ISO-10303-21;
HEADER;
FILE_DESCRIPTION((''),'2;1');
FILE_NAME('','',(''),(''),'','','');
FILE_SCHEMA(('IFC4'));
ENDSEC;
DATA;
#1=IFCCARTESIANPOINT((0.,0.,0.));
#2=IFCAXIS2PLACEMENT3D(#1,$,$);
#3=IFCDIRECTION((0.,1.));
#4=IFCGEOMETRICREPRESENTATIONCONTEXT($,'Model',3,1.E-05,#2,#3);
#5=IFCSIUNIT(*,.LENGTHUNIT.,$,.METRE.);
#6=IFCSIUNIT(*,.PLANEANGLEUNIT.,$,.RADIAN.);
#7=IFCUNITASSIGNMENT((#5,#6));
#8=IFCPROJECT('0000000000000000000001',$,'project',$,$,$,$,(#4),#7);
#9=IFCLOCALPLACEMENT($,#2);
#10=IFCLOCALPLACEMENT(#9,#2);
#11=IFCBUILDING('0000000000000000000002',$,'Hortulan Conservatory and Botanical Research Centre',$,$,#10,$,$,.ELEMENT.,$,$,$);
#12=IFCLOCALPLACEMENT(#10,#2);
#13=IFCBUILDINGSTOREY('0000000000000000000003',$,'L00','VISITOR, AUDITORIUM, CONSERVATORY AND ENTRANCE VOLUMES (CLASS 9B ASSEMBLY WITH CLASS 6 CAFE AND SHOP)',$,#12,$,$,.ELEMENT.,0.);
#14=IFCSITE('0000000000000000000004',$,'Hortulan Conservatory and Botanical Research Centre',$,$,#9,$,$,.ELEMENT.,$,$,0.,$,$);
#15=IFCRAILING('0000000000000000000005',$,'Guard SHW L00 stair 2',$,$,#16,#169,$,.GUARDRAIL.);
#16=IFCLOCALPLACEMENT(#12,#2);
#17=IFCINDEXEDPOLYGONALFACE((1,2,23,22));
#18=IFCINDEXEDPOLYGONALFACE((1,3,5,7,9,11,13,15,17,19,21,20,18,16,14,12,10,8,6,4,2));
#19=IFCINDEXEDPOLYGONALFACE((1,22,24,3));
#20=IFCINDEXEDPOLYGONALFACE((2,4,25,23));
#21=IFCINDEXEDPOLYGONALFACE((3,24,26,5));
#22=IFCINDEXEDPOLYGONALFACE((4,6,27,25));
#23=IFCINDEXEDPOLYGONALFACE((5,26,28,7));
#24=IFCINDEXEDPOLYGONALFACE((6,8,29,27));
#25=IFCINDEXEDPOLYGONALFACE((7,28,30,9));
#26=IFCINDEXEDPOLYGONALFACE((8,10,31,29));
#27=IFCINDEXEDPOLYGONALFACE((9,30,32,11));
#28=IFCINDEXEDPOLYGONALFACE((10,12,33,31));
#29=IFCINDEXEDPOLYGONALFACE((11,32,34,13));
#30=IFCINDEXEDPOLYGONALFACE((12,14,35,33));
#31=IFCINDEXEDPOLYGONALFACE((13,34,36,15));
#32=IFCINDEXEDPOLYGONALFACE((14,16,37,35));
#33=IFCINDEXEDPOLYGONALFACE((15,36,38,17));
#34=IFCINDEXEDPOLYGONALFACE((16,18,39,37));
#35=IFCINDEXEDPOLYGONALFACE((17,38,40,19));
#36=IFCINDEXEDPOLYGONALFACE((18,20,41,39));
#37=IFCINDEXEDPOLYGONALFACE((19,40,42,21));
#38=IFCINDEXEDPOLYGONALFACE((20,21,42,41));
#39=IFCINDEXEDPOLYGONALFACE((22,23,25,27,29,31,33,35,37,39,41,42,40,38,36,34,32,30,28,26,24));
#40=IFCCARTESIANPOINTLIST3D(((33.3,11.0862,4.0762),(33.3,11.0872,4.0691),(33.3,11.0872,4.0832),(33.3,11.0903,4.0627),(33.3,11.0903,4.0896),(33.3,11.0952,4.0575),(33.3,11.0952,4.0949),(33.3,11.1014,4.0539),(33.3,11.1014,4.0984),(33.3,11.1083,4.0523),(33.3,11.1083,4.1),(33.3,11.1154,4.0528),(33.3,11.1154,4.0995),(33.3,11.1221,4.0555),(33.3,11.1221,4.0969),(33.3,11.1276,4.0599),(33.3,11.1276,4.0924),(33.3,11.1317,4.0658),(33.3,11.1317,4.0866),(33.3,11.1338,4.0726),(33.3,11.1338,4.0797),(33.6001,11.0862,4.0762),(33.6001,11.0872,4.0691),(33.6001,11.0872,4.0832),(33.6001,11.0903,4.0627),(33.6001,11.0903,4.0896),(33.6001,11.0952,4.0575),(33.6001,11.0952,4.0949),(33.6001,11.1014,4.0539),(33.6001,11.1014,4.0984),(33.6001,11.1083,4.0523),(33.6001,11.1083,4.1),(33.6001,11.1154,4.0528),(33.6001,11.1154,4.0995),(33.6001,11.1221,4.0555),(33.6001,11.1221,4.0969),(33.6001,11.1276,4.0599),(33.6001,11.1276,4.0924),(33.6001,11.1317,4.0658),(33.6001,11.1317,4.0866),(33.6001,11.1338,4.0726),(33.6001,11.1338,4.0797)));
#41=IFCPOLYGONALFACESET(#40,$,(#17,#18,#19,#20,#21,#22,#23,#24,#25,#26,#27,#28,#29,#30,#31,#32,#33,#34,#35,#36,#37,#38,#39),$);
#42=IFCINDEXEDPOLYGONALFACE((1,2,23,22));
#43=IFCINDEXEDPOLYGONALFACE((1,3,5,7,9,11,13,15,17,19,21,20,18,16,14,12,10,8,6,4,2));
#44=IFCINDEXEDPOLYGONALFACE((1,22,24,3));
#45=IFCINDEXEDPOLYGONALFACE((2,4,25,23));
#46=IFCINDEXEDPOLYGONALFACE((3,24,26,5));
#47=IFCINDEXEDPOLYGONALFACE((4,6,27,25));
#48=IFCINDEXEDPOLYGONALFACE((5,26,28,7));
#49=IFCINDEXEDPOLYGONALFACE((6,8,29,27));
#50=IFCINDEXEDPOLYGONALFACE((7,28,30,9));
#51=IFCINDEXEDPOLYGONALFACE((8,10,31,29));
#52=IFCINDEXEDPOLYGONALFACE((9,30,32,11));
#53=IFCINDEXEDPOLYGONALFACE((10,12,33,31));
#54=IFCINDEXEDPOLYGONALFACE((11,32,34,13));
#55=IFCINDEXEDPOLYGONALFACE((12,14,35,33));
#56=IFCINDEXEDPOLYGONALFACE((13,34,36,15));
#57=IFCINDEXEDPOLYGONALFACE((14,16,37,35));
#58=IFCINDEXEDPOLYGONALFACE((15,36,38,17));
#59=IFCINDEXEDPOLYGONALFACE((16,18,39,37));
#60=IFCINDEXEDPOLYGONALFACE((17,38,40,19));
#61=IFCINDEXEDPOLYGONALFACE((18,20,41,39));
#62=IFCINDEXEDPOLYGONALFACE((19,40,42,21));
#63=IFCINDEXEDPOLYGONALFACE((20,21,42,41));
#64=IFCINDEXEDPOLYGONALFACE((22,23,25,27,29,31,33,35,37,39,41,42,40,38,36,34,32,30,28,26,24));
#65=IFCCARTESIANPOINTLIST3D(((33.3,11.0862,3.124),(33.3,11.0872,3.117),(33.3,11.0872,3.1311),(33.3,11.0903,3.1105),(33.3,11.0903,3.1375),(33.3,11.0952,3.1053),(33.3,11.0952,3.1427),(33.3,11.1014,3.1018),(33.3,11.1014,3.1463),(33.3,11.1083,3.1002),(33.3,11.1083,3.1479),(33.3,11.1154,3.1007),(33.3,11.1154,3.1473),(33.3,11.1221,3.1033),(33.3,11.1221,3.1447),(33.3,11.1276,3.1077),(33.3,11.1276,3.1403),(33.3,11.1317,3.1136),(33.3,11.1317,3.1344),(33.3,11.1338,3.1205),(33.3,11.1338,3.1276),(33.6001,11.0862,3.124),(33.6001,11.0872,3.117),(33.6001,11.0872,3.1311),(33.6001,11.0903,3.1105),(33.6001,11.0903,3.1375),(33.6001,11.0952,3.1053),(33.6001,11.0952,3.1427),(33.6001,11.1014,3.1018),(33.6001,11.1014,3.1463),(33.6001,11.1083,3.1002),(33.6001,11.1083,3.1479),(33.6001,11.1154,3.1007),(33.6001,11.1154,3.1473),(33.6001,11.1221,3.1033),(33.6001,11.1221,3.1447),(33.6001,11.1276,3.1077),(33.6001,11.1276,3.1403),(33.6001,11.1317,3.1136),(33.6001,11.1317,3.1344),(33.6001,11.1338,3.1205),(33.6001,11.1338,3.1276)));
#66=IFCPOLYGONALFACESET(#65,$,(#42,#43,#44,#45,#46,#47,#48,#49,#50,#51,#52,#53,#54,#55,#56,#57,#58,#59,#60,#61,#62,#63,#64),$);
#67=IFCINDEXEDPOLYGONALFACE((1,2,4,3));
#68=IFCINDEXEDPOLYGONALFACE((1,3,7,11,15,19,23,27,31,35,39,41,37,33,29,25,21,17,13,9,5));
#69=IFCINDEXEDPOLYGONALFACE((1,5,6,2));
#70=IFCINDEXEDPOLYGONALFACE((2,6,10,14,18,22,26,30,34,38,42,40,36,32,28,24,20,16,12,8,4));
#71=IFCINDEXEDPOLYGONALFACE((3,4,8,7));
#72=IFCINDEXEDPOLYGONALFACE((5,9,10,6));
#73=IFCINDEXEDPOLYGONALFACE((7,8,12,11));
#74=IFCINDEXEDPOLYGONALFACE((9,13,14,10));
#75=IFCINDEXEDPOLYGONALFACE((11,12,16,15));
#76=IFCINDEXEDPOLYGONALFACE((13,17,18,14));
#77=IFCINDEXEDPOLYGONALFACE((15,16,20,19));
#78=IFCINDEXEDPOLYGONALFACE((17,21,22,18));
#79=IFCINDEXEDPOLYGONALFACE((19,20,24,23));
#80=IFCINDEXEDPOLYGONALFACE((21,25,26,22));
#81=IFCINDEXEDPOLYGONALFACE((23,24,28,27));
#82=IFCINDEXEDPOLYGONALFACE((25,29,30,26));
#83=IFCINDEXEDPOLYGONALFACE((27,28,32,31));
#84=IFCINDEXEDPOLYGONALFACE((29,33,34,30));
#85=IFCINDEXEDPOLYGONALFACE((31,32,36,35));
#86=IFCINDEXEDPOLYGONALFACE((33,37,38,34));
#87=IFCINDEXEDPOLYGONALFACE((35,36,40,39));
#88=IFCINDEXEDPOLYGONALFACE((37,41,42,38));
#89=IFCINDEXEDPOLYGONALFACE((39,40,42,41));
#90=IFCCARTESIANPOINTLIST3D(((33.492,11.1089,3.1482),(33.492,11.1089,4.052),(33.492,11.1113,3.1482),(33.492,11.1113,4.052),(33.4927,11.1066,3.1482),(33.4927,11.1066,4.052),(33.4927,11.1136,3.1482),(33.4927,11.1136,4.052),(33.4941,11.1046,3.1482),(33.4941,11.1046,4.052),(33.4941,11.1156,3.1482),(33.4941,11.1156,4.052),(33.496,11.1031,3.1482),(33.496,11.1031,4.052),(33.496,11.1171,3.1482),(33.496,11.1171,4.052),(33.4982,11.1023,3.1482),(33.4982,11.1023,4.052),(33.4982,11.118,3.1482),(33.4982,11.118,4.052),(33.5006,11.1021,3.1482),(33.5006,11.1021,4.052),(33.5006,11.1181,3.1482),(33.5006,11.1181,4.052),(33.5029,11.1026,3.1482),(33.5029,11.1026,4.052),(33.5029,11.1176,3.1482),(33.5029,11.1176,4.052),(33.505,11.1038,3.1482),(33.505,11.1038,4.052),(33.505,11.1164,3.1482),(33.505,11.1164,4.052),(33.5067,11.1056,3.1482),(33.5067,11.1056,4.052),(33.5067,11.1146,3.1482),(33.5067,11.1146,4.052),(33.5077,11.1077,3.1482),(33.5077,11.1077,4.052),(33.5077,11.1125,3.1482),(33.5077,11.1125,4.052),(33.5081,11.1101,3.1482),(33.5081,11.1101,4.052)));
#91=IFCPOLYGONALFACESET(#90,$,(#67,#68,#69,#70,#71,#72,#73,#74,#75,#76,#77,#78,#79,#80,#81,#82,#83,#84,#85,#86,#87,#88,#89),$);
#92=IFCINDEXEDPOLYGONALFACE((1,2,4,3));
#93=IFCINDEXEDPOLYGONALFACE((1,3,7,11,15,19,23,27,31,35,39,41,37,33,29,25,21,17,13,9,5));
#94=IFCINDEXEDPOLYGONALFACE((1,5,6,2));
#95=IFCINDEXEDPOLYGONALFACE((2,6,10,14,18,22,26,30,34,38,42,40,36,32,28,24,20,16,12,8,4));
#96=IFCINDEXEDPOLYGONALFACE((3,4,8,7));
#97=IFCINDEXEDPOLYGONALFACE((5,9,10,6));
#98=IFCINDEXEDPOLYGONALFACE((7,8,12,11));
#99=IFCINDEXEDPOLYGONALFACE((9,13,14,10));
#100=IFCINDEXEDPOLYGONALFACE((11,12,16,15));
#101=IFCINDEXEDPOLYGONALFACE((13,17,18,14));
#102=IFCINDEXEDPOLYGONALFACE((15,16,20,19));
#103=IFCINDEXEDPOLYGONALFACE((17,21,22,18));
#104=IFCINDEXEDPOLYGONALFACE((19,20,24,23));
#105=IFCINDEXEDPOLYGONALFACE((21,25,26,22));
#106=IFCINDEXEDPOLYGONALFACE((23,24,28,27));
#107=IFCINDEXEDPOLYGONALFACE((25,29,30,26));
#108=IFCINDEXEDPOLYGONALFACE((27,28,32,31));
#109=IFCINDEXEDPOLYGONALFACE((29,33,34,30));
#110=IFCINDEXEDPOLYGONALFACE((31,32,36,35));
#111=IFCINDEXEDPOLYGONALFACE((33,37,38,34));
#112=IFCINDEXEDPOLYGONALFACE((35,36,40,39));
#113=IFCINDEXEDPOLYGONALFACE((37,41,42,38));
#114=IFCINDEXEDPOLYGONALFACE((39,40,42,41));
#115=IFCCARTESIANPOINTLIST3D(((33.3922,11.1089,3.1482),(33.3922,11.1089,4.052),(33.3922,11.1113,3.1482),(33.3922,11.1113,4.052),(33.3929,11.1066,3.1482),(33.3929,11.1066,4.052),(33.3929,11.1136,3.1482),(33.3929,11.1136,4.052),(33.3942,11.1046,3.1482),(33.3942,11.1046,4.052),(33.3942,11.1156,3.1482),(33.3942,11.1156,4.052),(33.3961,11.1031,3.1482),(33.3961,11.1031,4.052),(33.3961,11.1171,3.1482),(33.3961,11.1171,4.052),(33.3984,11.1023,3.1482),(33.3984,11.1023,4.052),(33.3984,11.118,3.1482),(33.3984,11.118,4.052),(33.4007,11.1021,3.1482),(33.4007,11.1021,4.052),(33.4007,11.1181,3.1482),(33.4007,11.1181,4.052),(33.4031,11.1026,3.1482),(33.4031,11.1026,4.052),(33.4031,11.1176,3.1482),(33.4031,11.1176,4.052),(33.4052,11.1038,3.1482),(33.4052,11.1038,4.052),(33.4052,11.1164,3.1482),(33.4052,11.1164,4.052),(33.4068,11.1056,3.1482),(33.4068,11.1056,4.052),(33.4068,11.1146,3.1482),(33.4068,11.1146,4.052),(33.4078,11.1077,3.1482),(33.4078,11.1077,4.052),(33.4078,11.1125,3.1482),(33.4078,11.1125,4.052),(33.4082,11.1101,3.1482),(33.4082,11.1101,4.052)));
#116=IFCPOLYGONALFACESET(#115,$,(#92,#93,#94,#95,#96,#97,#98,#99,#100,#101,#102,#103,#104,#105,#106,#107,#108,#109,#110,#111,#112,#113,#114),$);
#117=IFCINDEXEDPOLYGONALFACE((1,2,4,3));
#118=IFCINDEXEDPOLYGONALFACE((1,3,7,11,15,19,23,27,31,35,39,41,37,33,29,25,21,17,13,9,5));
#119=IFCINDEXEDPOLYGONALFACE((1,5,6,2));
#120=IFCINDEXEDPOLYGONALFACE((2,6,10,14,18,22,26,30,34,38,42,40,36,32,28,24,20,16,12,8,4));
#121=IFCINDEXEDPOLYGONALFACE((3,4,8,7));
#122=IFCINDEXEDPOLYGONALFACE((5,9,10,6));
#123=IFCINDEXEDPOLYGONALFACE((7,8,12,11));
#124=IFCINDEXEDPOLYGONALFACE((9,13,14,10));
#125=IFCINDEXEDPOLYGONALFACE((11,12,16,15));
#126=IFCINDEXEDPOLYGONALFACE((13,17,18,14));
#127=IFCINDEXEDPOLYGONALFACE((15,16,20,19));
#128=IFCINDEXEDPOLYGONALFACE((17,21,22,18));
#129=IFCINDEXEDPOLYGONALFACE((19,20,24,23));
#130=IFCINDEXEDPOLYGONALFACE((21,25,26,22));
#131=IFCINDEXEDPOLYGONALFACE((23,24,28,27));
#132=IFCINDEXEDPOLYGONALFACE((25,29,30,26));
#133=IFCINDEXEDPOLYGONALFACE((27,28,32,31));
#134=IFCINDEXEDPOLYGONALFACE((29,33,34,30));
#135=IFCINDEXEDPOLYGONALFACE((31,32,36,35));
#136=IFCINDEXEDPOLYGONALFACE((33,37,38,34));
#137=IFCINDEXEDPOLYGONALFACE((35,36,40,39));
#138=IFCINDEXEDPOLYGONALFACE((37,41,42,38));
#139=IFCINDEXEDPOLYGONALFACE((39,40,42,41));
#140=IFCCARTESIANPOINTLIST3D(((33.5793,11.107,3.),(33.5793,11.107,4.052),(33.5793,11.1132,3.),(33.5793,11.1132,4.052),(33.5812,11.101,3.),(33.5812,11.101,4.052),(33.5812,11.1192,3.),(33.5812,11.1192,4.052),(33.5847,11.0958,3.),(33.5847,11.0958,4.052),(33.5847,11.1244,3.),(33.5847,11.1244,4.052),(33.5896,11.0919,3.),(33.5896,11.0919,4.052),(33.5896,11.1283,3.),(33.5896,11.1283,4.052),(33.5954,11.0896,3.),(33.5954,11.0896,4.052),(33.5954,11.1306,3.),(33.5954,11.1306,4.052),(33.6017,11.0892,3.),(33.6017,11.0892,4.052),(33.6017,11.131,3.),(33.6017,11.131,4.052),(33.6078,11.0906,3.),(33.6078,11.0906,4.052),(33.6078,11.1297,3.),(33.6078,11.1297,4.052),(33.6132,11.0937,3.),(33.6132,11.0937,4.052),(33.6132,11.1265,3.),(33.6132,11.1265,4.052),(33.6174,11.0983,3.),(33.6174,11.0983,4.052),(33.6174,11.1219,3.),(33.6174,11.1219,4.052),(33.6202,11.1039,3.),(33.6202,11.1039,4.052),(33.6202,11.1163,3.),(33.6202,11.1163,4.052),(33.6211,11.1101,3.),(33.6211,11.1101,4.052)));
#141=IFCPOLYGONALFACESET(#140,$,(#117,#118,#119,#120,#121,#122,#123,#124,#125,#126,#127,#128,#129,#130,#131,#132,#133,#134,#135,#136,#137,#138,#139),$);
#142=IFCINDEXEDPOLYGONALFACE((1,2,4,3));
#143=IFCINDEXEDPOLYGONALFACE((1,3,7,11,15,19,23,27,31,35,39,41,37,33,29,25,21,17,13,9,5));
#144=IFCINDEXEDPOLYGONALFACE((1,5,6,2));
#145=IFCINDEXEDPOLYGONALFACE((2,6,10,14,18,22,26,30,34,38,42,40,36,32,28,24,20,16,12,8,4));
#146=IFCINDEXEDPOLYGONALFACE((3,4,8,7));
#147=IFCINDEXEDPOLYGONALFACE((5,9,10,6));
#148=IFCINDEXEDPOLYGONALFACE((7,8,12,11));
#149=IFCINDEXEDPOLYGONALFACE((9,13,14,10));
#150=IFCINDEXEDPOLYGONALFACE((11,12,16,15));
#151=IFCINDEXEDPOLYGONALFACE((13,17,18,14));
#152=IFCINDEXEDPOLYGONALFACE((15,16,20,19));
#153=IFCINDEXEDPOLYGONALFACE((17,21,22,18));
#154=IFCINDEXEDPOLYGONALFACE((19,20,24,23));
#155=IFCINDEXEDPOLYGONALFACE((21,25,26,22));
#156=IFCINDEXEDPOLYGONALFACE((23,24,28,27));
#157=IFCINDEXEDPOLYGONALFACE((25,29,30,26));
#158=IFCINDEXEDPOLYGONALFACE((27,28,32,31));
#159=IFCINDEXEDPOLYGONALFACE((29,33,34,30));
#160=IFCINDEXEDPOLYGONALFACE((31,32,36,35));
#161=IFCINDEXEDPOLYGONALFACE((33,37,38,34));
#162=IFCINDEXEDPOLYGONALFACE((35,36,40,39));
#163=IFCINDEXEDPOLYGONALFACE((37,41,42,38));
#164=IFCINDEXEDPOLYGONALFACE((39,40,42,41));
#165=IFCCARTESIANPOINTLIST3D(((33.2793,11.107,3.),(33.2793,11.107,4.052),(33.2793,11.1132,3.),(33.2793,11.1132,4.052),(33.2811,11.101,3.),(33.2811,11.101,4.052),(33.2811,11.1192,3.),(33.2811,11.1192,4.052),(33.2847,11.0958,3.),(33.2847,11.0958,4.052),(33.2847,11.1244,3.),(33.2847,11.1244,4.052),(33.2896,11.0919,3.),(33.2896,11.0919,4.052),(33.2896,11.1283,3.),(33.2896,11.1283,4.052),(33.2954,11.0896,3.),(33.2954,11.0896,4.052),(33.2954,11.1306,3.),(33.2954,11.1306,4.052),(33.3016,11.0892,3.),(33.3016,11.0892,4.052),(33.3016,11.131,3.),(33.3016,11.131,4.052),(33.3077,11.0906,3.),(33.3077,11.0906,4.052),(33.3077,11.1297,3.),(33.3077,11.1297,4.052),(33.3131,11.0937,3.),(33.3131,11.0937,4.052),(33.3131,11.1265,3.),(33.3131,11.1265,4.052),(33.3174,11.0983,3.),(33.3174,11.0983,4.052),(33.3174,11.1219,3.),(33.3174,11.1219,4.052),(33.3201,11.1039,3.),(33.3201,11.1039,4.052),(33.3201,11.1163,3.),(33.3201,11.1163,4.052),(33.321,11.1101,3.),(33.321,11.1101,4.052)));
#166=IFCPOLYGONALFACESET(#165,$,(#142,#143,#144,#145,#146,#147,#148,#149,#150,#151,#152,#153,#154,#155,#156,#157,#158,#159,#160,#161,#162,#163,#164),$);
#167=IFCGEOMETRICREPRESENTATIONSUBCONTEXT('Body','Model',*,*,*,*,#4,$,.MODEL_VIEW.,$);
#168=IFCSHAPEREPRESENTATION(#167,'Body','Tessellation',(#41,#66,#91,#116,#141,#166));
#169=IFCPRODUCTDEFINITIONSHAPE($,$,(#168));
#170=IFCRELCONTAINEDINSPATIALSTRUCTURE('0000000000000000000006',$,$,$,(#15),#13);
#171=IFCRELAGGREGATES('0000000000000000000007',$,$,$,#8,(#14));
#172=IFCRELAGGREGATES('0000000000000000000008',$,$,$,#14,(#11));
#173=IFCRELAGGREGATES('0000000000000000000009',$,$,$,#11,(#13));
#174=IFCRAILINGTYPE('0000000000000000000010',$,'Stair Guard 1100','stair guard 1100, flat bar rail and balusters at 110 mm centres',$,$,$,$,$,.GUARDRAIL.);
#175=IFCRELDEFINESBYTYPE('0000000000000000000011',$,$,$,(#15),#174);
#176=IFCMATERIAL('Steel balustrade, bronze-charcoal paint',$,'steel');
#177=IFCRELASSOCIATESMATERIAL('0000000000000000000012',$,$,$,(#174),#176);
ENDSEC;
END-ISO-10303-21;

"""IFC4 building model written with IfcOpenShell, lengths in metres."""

from ifc_helpers import new_model, si_unit, direction, frame, origin, origin_2d, place, context, subcontext, project, spatial, circle, extrude, material, type_object, element, save


model = new_model("IFC4")

# Units and contexts
model_context = context("Model", 3, precision=1e-05, world=origin(), true_north=direction((0.0, 1.0)))
body_context = subcontext(model_context, "Body", "Model", "MODEL_VIEW")
ifc_project = project(units=[si_unit("LENGTHUNIT", "METRE"), si_unit("PLANEANGLEUNIT", "RADIAN")], contexts=[model_context])

# Site, building, storey
site_placement = place(None, origin())
site = spatial("IfcSite", under=ifc_project, at=site_placement, Name="Hortulan Conservatory and Botanical Research Centre", CompositionType="ELEMENT", RefElevation=0.0)
building_placement = place(site_placement, origin())
building = spatial("IfcBuilding", under=site, at=building_placement, Name="Hortulan Conservatory and Botanical Research Centre", CompositionType="ELEMENT")
storey_placement = place(building_placement, origin())
storey = spatial("IfcBuildingStorey", under=building, at=storey_placement, Name="L00", Description="VISITOR, AUDITORIUM, CONSERVATORY AND ENTRANCE VOLUMES (CLASS 9B ASSEMBLY WITH CLASS 6 CAFE AND SHOP)", CompositionType="ELEMENT", Elevation=0.0)

# Railing
ifc_material_1 = material(Name="Steel balustrade, bronze-charcoal paint", Category="steel")
railing_type_1 = type_object("IfcRailingType", Name="Stair Guard 1100", Description="stair guard 1100, flat bar rail and balusters at 110 mm centres", PredefinedType="GUARDRAIL", material=ifc_material_1)
railing_1_placement = place(storey_placement, frame((33.6001, 11.1101, 3.0)))
element("IfcRailing", 1, at=railing_1_placement, inside=storey, type_object=railing_type_1, Name="Guard SHW L00 stair 2", PredefinedType="GUARDRAIL", context=body_context, shape_type="SweptSolid", body=[
    extrude(circle(Radius=0.0239, at=origin_2d()), frame((0.0, 0.0, 1.0762), z_axis=(-1.0, 0.0, 0.0), x_axis=(0.0, -1.0, 0.0)), (0.0, 0.0, 1.0), 0.3),
    extrude(circle(Radius=0.0239, at=origin_2d()), frame((0.0, 0.0, 0.124), z_axis=(-1.0, 0.0, 0.0), x_axis=(0.0, -1.0, 0.0)), (0.0, 0.0, 1.0), 0.3),
    extrude(circle(Radius=0.0081, at=origin_2d()), frame((-0.1001, 0.0, 0.1482)), (0.0, 0.0, 1.0), 0.9038),
    extrude(circle(Radius=0.0081, at=origin_2d()), frame((-0.2, 0.0, 0.1482)), (0.0, 0.0, 1.0), 0.9038),
    extrude(circle(Radius=0.021, at=origin_2d()), origin(), (0.0, 0.0, 1.0), 1.052),
    extrude(circle(Radius=0.021, at=origin_2d()), frame((-0.3, 0.0, 0.0)), (0.0, 0.0, 1.0), 1.052),
])

save(model, "model.ifc")
